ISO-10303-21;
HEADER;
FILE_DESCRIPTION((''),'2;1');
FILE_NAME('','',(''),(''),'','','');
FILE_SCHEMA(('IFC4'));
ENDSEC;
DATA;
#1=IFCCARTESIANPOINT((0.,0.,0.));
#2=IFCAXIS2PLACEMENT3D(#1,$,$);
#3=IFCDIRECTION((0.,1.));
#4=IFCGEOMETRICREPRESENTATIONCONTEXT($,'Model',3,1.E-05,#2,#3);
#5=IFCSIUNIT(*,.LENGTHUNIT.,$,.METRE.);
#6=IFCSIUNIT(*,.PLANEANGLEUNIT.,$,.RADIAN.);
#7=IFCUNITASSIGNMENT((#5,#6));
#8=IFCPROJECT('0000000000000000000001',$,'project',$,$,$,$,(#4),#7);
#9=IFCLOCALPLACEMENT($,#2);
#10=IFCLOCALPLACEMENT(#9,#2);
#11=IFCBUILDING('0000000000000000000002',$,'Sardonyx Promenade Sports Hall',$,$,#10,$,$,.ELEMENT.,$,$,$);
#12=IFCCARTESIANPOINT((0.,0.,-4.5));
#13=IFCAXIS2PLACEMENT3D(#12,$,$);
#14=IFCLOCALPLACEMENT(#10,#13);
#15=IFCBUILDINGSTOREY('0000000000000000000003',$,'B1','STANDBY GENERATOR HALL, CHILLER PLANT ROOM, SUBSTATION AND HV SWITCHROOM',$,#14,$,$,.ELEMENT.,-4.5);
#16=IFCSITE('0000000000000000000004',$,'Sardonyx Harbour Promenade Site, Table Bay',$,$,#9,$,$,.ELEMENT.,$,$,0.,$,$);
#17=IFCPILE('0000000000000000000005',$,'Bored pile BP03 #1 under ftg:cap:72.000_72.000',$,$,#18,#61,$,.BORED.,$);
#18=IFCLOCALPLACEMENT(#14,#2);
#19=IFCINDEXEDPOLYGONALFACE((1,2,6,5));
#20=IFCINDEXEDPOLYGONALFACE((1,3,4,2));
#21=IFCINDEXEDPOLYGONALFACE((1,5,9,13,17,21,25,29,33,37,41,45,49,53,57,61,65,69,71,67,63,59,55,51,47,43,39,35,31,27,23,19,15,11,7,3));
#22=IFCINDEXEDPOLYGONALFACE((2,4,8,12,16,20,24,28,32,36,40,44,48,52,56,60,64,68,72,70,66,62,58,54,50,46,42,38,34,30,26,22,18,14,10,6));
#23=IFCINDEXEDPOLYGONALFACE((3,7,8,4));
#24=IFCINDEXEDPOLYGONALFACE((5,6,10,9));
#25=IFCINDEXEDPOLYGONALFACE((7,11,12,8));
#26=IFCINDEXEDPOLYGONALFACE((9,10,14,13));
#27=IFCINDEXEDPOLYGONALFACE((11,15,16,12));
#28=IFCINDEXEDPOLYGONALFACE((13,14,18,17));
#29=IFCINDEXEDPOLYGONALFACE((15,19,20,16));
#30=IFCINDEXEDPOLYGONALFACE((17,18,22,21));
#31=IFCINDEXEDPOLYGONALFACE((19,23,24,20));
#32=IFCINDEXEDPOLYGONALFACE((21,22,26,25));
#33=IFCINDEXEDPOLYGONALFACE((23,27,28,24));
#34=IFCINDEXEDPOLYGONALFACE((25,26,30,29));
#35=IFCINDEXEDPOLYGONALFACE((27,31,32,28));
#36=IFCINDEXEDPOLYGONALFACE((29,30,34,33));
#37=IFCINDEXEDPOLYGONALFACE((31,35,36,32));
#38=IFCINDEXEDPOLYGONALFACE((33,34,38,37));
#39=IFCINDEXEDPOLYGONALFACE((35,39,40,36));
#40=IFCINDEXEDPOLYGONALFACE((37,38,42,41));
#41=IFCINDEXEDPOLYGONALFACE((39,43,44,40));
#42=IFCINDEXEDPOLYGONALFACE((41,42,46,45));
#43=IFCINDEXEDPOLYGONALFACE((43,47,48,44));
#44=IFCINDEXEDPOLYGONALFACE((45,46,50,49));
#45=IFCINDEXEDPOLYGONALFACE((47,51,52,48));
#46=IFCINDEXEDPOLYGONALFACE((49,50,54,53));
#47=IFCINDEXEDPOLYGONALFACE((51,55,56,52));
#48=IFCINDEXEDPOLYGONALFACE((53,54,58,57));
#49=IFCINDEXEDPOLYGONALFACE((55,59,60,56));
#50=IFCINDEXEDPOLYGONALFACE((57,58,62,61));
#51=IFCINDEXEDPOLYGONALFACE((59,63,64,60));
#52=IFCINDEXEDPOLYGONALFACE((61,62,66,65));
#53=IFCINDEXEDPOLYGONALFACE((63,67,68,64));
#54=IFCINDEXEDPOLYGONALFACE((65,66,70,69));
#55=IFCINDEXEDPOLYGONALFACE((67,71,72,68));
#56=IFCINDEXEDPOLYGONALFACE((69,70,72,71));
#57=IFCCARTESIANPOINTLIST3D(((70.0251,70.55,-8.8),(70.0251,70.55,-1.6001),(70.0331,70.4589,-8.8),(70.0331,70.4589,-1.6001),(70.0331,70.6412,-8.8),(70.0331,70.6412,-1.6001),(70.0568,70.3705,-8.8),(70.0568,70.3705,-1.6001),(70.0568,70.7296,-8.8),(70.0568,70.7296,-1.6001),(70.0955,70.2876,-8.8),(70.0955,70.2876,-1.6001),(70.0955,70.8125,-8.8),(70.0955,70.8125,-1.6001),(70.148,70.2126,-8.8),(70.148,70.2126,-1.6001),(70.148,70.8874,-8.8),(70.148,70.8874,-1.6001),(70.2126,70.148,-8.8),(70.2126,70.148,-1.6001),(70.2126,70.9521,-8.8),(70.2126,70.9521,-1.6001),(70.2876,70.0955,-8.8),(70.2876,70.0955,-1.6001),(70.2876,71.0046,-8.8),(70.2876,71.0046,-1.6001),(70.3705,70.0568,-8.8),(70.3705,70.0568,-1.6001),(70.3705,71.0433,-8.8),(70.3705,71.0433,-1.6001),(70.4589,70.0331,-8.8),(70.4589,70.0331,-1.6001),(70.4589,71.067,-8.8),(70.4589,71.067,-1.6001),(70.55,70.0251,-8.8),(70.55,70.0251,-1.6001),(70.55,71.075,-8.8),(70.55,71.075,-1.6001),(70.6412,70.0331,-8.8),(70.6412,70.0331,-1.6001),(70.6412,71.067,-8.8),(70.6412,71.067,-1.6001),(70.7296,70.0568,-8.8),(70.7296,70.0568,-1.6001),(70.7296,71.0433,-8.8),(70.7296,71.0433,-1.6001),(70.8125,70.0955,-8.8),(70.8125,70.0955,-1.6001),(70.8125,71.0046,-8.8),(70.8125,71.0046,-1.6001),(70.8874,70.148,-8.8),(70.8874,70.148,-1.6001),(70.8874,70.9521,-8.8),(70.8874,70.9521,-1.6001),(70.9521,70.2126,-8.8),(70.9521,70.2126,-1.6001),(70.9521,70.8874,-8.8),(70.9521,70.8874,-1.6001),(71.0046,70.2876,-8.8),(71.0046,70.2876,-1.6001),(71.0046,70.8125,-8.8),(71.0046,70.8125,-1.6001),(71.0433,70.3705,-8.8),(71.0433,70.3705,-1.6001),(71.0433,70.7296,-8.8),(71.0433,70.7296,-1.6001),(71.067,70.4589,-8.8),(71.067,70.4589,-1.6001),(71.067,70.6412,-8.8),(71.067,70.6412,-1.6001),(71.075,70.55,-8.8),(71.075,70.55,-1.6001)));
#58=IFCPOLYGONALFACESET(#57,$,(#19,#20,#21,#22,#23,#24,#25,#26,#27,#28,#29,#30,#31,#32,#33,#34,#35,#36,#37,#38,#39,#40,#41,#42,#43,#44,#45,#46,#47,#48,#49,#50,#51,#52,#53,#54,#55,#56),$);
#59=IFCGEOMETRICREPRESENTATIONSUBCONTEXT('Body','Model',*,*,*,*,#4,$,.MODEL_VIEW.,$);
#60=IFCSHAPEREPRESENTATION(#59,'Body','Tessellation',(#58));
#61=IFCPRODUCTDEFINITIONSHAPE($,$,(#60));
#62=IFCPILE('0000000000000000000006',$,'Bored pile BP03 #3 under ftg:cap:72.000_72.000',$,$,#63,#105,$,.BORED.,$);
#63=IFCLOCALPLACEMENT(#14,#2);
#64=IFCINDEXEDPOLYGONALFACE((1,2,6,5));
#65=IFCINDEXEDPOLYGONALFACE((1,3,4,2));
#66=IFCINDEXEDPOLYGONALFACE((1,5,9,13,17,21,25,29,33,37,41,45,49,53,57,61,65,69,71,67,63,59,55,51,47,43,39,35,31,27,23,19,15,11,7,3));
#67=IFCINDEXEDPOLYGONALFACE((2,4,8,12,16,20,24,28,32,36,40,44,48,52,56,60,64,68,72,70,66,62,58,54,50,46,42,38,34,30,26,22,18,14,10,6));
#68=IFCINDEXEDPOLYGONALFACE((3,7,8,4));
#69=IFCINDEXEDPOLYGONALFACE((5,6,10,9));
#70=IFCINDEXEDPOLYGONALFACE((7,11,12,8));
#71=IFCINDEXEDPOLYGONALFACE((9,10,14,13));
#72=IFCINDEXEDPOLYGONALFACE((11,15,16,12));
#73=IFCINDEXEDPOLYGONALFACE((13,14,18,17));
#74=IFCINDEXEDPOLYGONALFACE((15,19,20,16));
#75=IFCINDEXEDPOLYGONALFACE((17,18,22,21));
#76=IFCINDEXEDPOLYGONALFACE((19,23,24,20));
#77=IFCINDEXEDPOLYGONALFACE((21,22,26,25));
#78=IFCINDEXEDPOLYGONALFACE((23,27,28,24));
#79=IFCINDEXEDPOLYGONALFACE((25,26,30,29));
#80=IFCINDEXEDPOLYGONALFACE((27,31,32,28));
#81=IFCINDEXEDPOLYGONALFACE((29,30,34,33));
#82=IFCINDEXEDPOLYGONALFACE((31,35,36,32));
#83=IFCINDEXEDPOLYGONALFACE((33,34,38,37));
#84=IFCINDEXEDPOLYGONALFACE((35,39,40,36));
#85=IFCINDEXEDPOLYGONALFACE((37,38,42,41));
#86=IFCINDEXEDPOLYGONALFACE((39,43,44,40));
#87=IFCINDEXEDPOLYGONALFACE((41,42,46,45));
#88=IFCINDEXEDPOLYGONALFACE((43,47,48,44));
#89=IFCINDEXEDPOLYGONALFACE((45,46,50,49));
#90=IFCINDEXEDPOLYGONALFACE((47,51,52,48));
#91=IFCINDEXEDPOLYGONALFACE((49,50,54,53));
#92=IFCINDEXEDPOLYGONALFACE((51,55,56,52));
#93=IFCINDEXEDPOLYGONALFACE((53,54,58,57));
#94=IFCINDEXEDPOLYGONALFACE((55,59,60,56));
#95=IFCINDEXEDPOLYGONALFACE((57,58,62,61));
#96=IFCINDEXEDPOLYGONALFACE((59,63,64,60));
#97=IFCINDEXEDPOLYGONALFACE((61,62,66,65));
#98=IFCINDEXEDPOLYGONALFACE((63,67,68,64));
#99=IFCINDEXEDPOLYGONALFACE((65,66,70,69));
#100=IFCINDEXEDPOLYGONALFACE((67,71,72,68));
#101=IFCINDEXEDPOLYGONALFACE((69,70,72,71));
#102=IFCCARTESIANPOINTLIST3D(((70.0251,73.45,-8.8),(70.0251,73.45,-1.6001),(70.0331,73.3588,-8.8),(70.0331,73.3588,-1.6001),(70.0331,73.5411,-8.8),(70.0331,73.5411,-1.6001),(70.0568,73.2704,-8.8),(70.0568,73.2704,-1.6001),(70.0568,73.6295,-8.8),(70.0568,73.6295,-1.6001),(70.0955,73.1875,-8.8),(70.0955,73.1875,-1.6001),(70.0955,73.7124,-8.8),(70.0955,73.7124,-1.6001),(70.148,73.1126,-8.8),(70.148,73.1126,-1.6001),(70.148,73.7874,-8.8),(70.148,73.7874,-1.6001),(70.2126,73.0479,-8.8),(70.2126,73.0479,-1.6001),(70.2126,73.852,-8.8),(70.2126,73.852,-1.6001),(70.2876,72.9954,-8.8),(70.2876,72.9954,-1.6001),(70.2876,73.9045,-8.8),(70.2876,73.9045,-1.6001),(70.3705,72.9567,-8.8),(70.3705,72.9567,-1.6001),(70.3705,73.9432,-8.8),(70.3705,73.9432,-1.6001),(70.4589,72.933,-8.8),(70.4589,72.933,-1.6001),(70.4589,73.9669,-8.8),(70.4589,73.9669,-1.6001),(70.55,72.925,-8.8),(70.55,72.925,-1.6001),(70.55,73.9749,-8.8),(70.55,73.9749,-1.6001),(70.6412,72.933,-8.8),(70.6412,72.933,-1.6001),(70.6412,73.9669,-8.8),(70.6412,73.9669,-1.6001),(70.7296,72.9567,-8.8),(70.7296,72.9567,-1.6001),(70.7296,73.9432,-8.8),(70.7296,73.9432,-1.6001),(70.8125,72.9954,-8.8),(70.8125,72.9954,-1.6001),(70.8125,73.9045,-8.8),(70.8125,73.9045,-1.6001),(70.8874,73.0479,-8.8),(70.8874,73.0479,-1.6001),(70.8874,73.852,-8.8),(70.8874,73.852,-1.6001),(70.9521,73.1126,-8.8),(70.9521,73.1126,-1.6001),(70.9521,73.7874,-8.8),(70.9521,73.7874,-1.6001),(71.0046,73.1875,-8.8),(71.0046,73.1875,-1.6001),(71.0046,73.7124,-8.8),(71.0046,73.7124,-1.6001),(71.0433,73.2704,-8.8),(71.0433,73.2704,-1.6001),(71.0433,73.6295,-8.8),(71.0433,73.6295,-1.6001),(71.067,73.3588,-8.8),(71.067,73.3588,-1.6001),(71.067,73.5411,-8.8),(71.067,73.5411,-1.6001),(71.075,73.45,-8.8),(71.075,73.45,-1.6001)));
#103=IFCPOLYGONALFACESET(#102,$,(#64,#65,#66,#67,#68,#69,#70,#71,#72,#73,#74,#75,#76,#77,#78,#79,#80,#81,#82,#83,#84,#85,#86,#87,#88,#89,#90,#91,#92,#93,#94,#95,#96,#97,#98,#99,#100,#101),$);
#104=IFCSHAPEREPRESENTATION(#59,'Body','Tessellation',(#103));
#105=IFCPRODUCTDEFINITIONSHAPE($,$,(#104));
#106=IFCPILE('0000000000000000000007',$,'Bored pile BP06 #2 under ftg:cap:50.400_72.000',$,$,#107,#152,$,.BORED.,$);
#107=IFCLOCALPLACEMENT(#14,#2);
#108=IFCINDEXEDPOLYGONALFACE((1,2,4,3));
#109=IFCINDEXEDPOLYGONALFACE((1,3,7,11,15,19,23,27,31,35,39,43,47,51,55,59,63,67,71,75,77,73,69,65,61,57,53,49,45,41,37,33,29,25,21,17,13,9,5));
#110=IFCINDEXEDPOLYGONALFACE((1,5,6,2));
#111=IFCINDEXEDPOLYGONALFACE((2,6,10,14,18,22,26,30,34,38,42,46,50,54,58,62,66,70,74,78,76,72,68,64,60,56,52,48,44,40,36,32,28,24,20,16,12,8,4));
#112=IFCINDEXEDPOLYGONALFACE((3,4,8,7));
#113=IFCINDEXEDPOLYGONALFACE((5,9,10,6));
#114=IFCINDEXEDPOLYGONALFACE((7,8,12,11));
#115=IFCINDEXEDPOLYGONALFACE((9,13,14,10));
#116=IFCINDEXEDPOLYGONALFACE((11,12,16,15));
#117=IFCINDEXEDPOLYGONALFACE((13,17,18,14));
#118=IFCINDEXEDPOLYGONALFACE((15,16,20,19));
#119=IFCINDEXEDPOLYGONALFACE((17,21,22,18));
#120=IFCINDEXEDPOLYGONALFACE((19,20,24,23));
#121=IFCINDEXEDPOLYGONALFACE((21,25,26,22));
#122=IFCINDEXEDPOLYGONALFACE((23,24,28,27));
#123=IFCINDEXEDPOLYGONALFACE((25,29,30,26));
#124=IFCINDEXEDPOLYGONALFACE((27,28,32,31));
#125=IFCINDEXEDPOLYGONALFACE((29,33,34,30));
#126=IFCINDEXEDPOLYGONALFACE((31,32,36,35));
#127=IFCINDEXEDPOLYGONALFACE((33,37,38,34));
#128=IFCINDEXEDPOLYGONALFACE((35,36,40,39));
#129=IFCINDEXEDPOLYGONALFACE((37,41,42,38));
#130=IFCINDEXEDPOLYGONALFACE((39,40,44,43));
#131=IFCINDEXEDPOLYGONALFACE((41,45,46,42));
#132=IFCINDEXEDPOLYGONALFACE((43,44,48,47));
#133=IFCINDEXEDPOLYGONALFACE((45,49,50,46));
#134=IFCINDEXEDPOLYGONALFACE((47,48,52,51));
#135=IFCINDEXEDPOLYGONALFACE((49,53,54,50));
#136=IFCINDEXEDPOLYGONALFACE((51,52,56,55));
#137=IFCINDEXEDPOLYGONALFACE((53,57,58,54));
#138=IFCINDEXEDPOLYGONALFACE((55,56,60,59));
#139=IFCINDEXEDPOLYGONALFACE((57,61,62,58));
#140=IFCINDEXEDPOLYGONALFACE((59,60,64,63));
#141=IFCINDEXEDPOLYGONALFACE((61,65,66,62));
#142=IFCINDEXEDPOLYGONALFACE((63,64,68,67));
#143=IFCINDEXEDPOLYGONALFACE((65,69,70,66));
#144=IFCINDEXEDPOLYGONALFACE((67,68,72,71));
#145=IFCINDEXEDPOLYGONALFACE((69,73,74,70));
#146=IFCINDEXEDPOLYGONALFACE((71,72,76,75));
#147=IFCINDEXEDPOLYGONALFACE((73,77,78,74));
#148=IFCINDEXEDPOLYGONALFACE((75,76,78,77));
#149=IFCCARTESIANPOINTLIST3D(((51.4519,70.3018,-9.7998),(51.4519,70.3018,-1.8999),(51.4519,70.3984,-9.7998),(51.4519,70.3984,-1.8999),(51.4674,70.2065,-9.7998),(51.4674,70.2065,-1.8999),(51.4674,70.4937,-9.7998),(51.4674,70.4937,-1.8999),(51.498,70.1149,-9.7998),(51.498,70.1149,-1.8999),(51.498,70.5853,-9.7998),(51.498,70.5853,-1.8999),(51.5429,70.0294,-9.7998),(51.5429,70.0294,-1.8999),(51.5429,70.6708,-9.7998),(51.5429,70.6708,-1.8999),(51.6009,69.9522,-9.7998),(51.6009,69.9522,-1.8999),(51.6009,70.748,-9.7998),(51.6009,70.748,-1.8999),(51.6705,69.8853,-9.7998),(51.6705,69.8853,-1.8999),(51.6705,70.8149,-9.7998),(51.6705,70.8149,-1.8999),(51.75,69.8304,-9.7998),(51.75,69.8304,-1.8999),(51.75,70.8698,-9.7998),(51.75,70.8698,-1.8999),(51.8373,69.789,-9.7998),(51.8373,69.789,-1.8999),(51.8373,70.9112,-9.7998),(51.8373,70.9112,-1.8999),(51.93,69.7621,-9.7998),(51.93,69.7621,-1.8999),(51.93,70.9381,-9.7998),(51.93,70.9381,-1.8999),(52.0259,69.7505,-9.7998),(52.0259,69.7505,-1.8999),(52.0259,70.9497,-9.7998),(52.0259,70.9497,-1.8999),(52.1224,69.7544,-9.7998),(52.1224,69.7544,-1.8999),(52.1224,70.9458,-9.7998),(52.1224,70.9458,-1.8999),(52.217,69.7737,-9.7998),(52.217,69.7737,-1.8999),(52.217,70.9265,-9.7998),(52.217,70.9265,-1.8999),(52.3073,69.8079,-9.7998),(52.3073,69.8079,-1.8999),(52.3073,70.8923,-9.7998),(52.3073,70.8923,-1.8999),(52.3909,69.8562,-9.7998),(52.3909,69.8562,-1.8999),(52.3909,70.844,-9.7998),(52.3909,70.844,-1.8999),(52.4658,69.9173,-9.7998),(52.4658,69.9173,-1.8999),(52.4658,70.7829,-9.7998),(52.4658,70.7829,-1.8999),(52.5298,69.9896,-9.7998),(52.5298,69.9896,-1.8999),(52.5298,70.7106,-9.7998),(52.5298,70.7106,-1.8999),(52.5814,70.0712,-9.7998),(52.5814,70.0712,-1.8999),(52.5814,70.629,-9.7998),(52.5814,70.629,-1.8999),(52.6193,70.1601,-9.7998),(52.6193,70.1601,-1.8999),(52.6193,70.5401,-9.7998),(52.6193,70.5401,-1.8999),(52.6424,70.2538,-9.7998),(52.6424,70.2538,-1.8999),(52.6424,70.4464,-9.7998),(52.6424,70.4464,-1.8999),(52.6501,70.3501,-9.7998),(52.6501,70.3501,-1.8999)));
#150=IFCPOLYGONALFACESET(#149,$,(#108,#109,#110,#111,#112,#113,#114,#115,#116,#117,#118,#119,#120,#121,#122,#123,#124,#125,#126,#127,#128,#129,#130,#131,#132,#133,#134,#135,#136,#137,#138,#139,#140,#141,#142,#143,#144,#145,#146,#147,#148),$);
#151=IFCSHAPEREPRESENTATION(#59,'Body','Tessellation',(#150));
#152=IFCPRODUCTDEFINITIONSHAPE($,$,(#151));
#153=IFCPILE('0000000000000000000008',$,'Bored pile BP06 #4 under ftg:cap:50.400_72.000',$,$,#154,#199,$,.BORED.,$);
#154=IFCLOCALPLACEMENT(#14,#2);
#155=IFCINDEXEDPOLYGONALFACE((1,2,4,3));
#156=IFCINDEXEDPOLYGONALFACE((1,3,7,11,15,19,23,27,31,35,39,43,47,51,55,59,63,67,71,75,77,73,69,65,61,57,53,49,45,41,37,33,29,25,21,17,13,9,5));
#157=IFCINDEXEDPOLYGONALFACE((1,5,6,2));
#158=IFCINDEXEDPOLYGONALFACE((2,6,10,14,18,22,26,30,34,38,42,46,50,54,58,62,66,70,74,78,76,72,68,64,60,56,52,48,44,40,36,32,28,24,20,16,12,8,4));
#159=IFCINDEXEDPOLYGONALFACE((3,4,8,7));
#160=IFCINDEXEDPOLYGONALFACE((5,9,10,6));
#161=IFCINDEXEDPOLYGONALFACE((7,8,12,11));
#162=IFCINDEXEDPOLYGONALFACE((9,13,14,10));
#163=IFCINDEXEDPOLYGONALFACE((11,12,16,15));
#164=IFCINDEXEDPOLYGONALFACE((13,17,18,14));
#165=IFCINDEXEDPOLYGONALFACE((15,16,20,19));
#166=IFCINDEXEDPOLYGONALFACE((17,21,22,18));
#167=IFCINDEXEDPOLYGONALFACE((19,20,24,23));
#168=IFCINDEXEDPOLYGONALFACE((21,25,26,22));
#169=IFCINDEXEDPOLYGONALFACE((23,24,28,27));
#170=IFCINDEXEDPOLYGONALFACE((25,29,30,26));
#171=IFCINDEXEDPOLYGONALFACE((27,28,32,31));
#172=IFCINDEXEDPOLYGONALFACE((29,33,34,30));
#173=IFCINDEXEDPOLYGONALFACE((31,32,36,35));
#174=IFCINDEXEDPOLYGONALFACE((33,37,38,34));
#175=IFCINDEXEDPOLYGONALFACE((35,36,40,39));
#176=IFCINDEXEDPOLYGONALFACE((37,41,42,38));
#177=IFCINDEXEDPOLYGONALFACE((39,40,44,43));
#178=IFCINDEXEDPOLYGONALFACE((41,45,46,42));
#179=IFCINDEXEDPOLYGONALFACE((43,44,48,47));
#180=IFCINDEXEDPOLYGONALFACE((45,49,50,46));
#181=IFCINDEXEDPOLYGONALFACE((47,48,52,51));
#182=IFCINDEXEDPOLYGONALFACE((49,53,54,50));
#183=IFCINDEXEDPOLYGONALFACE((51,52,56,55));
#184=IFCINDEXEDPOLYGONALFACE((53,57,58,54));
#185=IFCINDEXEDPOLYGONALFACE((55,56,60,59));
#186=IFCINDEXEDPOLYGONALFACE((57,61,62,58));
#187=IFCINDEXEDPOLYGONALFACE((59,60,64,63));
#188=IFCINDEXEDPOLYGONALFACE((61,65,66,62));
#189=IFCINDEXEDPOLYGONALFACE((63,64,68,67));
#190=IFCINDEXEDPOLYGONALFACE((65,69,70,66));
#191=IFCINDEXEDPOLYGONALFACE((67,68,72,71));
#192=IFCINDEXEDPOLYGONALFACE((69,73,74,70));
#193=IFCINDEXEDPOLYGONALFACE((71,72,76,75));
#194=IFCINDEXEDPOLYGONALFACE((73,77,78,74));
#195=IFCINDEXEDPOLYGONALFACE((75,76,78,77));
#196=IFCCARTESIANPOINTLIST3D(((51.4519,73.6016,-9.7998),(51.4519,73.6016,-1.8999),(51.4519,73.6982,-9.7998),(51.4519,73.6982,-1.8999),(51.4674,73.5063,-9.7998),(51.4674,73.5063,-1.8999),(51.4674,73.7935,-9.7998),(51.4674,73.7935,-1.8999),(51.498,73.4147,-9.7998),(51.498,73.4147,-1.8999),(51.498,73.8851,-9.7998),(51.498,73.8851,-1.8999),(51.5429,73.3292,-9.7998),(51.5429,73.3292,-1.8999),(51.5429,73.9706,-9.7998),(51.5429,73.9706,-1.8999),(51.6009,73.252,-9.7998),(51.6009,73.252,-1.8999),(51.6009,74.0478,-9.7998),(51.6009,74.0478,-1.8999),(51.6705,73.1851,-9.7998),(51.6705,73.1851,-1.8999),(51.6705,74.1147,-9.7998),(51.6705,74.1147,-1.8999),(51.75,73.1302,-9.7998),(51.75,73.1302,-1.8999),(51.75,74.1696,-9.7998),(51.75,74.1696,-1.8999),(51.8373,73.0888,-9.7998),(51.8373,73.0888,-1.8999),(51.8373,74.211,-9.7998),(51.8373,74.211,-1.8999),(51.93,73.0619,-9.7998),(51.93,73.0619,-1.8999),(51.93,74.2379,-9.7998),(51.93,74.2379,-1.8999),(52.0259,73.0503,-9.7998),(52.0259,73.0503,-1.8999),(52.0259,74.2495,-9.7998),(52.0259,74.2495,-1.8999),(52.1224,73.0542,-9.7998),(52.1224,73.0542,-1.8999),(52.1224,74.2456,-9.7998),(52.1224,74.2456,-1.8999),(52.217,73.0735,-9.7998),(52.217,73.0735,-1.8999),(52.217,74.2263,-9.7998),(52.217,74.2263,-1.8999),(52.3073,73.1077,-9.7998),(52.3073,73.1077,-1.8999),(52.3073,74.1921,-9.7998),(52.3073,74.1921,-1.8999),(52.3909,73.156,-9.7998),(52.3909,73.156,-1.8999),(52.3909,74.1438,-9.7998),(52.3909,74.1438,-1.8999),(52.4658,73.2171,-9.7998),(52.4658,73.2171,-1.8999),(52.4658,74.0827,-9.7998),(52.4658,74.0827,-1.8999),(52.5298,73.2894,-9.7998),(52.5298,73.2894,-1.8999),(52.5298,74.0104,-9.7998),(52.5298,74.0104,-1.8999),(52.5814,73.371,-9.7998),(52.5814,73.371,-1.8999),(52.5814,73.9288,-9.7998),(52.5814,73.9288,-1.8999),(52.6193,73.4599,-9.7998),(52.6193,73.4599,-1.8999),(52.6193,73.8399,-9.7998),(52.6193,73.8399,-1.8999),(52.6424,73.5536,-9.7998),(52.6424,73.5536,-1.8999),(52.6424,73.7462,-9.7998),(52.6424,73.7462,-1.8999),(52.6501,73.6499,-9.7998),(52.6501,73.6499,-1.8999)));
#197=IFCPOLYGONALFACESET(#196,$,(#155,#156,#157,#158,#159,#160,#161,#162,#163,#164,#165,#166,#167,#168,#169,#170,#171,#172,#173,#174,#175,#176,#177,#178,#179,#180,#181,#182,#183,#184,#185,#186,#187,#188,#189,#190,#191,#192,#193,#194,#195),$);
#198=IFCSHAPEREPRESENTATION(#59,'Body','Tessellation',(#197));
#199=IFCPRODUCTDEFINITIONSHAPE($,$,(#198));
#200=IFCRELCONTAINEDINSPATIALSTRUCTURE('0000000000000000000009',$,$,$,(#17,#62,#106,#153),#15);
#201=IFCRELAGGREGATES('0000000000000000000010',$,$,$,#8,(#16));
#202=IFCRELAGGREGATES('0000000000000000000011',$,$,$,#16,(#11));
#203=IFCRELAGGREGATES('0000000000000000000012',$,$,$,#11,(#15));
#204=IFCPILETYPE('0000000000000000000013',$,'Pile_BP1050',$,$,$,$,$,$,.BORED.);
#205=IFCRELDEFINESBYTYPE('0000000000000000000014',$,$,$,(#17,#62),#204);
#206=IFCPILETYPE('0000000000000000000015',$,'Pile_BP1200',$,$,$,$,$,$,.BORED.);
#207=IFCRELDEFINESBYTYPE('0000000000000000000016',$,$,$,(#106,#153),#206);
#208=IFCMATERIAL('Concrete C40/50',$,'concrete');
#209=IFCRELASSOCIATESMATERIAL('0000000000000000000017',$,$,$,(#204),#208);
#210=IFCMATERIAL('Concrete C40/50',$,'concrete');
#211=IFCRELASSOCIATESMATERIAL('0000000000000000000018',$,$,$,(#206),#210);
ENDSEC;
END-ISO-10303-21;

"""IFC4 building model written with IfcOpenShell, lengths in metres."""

from ifc_helpers import new_model, si_unit, direction, frame, origin, origin_2d, place, context, subcontext, project, spatial, circle, extrude, material, material_profile, profile_set, type_object, element, save


model = new_model("IFC4")

# Units and contexts
model_context = context("Model", 3, precision=1e-05, world=origin(), true_north=direction((0.0, 1.0)))
body_context = subcontext(model_context, "Body", "Model", "MODEL_VIEW")
ifc_project = project(units=[si_unit("LENGTHUNIT", "METRE"), si_unit("PLANEANGLEUNIT", "RADIAN")], contexts=[model_context])

# Site, building, storey
site_placement = place(None, origin())
site = spatial("IfcSite", under=ifc_project, at=site_placement, Name="Sardonyx Harbour Promenade Site, Table Bay", CompositionType="ELEMENT", RefElevation=0.0)
building_placement = place(site_placement, origin())
building = spatial("IfcBuilding", under=site, at=building_placement, Name="Sardonyx Promenade Sports Hall", CompositionType="ELEMENT")
storey_placement = place(building_placement, frame((0.0, 0.0, -4.5)))
storey = spatial("IfcBuildingStorey", under=building, at=storey_placement, Name="B1", Description="STANDBY GENERATOR HALL, CHILLER PLANT ROOM, SUBSTATION AND HV SWITCHROOM", CompositionType="ELEMENT", Elevation=-4.5)

# Piles
ifc_material_1 = material(Name="Concrete C40/50", Category="concrete")
ifc_material_profile_1 = material_profile(ifc_material_1, circle(Radius=0.5249, at=origin_2d()))
ifc_profile_set_1 = profile_set([ifc_material_profile_1], Name="Concrete C40/50")
pile_type_1 = type_object("IfcPileType", Name="Pile_BP1050", PredefinedType="BORED", material=ifc_profile_set_1)
for number, where, z_axis, x_axis, name in (
    (1, (70.55, 70.55, -1.6001), (0.0, 0.0, -1.0), (1.0, 0.0, 0.0), "Bored pile BP03 #1 under ftg:cap:72.000_72.000"),
    (2, (70.55, 73.45, -1.6001), (0.0, 0.0, -1.0), (1.0, 0.0, 0.0), "Bored pile BP03 #3 under ftg:cap:72.000_72.000"),
):
    element("IfcPile", number, at=place(storey_placement, frame(where, z_axis=z_axis, x_axis=x_axis)), inside=storey, type_object=pile_type_1, Name=name, PredefinedType="BORED", context=body_context, shape_type="SweptSolid", body=[
        extrude(circle(Radius=0.5249, at=origin_2d()), origin(), (0.0, 0.0, 1.0), 7.2),
    ])
ifc_material_2 = material(Name="Concrete C40/50", Category="concrete")
ifc_material_profile_2 = material_profile(ifc_material_2, circle(Radius=0.6001, at=origin_2d()))
ifc_profile_set_2 = profile_set([ifc_material_profile_2], Name="Concrete C40/50")
pile_type_2 = type_object("IfcPileType", Name="Pile_BP1200", PredefinedType="BORED", material=ifc_profile_set_2)
for number, where, z_axis, x_axis, name in (
    (3, (52.05, 70.3501, -1.8999), (0.0, 0.0, -1.0), (1.0, 0.0, 0.0), "Bored pile BP06 #2 under ftg:cap:50.400_72.000"),
    (4, (52.05, 73.6499, -1.8999), (0.0, 0.0, -1.0), (1.0, 0.0, 0.0), "Bored pile BP06 #4 under ftg:cap:50.400_72.000"),
):
    element("IfcPile", number, at=place(storey_placement, frame(where, z_axis=z_axis, x_axis=x_axis)), inside=storey, type_object=pile_type_2, Name=name, PredefinedType="BORED", context=body_context, shape_type="SweptSolid", body=[
        extrude(circle(Radius=0.6001, at=origin_2d()), origin(), (0.0, 0.0, 1.0), 7.8999),
    ])

save(model, "model.ifc")
